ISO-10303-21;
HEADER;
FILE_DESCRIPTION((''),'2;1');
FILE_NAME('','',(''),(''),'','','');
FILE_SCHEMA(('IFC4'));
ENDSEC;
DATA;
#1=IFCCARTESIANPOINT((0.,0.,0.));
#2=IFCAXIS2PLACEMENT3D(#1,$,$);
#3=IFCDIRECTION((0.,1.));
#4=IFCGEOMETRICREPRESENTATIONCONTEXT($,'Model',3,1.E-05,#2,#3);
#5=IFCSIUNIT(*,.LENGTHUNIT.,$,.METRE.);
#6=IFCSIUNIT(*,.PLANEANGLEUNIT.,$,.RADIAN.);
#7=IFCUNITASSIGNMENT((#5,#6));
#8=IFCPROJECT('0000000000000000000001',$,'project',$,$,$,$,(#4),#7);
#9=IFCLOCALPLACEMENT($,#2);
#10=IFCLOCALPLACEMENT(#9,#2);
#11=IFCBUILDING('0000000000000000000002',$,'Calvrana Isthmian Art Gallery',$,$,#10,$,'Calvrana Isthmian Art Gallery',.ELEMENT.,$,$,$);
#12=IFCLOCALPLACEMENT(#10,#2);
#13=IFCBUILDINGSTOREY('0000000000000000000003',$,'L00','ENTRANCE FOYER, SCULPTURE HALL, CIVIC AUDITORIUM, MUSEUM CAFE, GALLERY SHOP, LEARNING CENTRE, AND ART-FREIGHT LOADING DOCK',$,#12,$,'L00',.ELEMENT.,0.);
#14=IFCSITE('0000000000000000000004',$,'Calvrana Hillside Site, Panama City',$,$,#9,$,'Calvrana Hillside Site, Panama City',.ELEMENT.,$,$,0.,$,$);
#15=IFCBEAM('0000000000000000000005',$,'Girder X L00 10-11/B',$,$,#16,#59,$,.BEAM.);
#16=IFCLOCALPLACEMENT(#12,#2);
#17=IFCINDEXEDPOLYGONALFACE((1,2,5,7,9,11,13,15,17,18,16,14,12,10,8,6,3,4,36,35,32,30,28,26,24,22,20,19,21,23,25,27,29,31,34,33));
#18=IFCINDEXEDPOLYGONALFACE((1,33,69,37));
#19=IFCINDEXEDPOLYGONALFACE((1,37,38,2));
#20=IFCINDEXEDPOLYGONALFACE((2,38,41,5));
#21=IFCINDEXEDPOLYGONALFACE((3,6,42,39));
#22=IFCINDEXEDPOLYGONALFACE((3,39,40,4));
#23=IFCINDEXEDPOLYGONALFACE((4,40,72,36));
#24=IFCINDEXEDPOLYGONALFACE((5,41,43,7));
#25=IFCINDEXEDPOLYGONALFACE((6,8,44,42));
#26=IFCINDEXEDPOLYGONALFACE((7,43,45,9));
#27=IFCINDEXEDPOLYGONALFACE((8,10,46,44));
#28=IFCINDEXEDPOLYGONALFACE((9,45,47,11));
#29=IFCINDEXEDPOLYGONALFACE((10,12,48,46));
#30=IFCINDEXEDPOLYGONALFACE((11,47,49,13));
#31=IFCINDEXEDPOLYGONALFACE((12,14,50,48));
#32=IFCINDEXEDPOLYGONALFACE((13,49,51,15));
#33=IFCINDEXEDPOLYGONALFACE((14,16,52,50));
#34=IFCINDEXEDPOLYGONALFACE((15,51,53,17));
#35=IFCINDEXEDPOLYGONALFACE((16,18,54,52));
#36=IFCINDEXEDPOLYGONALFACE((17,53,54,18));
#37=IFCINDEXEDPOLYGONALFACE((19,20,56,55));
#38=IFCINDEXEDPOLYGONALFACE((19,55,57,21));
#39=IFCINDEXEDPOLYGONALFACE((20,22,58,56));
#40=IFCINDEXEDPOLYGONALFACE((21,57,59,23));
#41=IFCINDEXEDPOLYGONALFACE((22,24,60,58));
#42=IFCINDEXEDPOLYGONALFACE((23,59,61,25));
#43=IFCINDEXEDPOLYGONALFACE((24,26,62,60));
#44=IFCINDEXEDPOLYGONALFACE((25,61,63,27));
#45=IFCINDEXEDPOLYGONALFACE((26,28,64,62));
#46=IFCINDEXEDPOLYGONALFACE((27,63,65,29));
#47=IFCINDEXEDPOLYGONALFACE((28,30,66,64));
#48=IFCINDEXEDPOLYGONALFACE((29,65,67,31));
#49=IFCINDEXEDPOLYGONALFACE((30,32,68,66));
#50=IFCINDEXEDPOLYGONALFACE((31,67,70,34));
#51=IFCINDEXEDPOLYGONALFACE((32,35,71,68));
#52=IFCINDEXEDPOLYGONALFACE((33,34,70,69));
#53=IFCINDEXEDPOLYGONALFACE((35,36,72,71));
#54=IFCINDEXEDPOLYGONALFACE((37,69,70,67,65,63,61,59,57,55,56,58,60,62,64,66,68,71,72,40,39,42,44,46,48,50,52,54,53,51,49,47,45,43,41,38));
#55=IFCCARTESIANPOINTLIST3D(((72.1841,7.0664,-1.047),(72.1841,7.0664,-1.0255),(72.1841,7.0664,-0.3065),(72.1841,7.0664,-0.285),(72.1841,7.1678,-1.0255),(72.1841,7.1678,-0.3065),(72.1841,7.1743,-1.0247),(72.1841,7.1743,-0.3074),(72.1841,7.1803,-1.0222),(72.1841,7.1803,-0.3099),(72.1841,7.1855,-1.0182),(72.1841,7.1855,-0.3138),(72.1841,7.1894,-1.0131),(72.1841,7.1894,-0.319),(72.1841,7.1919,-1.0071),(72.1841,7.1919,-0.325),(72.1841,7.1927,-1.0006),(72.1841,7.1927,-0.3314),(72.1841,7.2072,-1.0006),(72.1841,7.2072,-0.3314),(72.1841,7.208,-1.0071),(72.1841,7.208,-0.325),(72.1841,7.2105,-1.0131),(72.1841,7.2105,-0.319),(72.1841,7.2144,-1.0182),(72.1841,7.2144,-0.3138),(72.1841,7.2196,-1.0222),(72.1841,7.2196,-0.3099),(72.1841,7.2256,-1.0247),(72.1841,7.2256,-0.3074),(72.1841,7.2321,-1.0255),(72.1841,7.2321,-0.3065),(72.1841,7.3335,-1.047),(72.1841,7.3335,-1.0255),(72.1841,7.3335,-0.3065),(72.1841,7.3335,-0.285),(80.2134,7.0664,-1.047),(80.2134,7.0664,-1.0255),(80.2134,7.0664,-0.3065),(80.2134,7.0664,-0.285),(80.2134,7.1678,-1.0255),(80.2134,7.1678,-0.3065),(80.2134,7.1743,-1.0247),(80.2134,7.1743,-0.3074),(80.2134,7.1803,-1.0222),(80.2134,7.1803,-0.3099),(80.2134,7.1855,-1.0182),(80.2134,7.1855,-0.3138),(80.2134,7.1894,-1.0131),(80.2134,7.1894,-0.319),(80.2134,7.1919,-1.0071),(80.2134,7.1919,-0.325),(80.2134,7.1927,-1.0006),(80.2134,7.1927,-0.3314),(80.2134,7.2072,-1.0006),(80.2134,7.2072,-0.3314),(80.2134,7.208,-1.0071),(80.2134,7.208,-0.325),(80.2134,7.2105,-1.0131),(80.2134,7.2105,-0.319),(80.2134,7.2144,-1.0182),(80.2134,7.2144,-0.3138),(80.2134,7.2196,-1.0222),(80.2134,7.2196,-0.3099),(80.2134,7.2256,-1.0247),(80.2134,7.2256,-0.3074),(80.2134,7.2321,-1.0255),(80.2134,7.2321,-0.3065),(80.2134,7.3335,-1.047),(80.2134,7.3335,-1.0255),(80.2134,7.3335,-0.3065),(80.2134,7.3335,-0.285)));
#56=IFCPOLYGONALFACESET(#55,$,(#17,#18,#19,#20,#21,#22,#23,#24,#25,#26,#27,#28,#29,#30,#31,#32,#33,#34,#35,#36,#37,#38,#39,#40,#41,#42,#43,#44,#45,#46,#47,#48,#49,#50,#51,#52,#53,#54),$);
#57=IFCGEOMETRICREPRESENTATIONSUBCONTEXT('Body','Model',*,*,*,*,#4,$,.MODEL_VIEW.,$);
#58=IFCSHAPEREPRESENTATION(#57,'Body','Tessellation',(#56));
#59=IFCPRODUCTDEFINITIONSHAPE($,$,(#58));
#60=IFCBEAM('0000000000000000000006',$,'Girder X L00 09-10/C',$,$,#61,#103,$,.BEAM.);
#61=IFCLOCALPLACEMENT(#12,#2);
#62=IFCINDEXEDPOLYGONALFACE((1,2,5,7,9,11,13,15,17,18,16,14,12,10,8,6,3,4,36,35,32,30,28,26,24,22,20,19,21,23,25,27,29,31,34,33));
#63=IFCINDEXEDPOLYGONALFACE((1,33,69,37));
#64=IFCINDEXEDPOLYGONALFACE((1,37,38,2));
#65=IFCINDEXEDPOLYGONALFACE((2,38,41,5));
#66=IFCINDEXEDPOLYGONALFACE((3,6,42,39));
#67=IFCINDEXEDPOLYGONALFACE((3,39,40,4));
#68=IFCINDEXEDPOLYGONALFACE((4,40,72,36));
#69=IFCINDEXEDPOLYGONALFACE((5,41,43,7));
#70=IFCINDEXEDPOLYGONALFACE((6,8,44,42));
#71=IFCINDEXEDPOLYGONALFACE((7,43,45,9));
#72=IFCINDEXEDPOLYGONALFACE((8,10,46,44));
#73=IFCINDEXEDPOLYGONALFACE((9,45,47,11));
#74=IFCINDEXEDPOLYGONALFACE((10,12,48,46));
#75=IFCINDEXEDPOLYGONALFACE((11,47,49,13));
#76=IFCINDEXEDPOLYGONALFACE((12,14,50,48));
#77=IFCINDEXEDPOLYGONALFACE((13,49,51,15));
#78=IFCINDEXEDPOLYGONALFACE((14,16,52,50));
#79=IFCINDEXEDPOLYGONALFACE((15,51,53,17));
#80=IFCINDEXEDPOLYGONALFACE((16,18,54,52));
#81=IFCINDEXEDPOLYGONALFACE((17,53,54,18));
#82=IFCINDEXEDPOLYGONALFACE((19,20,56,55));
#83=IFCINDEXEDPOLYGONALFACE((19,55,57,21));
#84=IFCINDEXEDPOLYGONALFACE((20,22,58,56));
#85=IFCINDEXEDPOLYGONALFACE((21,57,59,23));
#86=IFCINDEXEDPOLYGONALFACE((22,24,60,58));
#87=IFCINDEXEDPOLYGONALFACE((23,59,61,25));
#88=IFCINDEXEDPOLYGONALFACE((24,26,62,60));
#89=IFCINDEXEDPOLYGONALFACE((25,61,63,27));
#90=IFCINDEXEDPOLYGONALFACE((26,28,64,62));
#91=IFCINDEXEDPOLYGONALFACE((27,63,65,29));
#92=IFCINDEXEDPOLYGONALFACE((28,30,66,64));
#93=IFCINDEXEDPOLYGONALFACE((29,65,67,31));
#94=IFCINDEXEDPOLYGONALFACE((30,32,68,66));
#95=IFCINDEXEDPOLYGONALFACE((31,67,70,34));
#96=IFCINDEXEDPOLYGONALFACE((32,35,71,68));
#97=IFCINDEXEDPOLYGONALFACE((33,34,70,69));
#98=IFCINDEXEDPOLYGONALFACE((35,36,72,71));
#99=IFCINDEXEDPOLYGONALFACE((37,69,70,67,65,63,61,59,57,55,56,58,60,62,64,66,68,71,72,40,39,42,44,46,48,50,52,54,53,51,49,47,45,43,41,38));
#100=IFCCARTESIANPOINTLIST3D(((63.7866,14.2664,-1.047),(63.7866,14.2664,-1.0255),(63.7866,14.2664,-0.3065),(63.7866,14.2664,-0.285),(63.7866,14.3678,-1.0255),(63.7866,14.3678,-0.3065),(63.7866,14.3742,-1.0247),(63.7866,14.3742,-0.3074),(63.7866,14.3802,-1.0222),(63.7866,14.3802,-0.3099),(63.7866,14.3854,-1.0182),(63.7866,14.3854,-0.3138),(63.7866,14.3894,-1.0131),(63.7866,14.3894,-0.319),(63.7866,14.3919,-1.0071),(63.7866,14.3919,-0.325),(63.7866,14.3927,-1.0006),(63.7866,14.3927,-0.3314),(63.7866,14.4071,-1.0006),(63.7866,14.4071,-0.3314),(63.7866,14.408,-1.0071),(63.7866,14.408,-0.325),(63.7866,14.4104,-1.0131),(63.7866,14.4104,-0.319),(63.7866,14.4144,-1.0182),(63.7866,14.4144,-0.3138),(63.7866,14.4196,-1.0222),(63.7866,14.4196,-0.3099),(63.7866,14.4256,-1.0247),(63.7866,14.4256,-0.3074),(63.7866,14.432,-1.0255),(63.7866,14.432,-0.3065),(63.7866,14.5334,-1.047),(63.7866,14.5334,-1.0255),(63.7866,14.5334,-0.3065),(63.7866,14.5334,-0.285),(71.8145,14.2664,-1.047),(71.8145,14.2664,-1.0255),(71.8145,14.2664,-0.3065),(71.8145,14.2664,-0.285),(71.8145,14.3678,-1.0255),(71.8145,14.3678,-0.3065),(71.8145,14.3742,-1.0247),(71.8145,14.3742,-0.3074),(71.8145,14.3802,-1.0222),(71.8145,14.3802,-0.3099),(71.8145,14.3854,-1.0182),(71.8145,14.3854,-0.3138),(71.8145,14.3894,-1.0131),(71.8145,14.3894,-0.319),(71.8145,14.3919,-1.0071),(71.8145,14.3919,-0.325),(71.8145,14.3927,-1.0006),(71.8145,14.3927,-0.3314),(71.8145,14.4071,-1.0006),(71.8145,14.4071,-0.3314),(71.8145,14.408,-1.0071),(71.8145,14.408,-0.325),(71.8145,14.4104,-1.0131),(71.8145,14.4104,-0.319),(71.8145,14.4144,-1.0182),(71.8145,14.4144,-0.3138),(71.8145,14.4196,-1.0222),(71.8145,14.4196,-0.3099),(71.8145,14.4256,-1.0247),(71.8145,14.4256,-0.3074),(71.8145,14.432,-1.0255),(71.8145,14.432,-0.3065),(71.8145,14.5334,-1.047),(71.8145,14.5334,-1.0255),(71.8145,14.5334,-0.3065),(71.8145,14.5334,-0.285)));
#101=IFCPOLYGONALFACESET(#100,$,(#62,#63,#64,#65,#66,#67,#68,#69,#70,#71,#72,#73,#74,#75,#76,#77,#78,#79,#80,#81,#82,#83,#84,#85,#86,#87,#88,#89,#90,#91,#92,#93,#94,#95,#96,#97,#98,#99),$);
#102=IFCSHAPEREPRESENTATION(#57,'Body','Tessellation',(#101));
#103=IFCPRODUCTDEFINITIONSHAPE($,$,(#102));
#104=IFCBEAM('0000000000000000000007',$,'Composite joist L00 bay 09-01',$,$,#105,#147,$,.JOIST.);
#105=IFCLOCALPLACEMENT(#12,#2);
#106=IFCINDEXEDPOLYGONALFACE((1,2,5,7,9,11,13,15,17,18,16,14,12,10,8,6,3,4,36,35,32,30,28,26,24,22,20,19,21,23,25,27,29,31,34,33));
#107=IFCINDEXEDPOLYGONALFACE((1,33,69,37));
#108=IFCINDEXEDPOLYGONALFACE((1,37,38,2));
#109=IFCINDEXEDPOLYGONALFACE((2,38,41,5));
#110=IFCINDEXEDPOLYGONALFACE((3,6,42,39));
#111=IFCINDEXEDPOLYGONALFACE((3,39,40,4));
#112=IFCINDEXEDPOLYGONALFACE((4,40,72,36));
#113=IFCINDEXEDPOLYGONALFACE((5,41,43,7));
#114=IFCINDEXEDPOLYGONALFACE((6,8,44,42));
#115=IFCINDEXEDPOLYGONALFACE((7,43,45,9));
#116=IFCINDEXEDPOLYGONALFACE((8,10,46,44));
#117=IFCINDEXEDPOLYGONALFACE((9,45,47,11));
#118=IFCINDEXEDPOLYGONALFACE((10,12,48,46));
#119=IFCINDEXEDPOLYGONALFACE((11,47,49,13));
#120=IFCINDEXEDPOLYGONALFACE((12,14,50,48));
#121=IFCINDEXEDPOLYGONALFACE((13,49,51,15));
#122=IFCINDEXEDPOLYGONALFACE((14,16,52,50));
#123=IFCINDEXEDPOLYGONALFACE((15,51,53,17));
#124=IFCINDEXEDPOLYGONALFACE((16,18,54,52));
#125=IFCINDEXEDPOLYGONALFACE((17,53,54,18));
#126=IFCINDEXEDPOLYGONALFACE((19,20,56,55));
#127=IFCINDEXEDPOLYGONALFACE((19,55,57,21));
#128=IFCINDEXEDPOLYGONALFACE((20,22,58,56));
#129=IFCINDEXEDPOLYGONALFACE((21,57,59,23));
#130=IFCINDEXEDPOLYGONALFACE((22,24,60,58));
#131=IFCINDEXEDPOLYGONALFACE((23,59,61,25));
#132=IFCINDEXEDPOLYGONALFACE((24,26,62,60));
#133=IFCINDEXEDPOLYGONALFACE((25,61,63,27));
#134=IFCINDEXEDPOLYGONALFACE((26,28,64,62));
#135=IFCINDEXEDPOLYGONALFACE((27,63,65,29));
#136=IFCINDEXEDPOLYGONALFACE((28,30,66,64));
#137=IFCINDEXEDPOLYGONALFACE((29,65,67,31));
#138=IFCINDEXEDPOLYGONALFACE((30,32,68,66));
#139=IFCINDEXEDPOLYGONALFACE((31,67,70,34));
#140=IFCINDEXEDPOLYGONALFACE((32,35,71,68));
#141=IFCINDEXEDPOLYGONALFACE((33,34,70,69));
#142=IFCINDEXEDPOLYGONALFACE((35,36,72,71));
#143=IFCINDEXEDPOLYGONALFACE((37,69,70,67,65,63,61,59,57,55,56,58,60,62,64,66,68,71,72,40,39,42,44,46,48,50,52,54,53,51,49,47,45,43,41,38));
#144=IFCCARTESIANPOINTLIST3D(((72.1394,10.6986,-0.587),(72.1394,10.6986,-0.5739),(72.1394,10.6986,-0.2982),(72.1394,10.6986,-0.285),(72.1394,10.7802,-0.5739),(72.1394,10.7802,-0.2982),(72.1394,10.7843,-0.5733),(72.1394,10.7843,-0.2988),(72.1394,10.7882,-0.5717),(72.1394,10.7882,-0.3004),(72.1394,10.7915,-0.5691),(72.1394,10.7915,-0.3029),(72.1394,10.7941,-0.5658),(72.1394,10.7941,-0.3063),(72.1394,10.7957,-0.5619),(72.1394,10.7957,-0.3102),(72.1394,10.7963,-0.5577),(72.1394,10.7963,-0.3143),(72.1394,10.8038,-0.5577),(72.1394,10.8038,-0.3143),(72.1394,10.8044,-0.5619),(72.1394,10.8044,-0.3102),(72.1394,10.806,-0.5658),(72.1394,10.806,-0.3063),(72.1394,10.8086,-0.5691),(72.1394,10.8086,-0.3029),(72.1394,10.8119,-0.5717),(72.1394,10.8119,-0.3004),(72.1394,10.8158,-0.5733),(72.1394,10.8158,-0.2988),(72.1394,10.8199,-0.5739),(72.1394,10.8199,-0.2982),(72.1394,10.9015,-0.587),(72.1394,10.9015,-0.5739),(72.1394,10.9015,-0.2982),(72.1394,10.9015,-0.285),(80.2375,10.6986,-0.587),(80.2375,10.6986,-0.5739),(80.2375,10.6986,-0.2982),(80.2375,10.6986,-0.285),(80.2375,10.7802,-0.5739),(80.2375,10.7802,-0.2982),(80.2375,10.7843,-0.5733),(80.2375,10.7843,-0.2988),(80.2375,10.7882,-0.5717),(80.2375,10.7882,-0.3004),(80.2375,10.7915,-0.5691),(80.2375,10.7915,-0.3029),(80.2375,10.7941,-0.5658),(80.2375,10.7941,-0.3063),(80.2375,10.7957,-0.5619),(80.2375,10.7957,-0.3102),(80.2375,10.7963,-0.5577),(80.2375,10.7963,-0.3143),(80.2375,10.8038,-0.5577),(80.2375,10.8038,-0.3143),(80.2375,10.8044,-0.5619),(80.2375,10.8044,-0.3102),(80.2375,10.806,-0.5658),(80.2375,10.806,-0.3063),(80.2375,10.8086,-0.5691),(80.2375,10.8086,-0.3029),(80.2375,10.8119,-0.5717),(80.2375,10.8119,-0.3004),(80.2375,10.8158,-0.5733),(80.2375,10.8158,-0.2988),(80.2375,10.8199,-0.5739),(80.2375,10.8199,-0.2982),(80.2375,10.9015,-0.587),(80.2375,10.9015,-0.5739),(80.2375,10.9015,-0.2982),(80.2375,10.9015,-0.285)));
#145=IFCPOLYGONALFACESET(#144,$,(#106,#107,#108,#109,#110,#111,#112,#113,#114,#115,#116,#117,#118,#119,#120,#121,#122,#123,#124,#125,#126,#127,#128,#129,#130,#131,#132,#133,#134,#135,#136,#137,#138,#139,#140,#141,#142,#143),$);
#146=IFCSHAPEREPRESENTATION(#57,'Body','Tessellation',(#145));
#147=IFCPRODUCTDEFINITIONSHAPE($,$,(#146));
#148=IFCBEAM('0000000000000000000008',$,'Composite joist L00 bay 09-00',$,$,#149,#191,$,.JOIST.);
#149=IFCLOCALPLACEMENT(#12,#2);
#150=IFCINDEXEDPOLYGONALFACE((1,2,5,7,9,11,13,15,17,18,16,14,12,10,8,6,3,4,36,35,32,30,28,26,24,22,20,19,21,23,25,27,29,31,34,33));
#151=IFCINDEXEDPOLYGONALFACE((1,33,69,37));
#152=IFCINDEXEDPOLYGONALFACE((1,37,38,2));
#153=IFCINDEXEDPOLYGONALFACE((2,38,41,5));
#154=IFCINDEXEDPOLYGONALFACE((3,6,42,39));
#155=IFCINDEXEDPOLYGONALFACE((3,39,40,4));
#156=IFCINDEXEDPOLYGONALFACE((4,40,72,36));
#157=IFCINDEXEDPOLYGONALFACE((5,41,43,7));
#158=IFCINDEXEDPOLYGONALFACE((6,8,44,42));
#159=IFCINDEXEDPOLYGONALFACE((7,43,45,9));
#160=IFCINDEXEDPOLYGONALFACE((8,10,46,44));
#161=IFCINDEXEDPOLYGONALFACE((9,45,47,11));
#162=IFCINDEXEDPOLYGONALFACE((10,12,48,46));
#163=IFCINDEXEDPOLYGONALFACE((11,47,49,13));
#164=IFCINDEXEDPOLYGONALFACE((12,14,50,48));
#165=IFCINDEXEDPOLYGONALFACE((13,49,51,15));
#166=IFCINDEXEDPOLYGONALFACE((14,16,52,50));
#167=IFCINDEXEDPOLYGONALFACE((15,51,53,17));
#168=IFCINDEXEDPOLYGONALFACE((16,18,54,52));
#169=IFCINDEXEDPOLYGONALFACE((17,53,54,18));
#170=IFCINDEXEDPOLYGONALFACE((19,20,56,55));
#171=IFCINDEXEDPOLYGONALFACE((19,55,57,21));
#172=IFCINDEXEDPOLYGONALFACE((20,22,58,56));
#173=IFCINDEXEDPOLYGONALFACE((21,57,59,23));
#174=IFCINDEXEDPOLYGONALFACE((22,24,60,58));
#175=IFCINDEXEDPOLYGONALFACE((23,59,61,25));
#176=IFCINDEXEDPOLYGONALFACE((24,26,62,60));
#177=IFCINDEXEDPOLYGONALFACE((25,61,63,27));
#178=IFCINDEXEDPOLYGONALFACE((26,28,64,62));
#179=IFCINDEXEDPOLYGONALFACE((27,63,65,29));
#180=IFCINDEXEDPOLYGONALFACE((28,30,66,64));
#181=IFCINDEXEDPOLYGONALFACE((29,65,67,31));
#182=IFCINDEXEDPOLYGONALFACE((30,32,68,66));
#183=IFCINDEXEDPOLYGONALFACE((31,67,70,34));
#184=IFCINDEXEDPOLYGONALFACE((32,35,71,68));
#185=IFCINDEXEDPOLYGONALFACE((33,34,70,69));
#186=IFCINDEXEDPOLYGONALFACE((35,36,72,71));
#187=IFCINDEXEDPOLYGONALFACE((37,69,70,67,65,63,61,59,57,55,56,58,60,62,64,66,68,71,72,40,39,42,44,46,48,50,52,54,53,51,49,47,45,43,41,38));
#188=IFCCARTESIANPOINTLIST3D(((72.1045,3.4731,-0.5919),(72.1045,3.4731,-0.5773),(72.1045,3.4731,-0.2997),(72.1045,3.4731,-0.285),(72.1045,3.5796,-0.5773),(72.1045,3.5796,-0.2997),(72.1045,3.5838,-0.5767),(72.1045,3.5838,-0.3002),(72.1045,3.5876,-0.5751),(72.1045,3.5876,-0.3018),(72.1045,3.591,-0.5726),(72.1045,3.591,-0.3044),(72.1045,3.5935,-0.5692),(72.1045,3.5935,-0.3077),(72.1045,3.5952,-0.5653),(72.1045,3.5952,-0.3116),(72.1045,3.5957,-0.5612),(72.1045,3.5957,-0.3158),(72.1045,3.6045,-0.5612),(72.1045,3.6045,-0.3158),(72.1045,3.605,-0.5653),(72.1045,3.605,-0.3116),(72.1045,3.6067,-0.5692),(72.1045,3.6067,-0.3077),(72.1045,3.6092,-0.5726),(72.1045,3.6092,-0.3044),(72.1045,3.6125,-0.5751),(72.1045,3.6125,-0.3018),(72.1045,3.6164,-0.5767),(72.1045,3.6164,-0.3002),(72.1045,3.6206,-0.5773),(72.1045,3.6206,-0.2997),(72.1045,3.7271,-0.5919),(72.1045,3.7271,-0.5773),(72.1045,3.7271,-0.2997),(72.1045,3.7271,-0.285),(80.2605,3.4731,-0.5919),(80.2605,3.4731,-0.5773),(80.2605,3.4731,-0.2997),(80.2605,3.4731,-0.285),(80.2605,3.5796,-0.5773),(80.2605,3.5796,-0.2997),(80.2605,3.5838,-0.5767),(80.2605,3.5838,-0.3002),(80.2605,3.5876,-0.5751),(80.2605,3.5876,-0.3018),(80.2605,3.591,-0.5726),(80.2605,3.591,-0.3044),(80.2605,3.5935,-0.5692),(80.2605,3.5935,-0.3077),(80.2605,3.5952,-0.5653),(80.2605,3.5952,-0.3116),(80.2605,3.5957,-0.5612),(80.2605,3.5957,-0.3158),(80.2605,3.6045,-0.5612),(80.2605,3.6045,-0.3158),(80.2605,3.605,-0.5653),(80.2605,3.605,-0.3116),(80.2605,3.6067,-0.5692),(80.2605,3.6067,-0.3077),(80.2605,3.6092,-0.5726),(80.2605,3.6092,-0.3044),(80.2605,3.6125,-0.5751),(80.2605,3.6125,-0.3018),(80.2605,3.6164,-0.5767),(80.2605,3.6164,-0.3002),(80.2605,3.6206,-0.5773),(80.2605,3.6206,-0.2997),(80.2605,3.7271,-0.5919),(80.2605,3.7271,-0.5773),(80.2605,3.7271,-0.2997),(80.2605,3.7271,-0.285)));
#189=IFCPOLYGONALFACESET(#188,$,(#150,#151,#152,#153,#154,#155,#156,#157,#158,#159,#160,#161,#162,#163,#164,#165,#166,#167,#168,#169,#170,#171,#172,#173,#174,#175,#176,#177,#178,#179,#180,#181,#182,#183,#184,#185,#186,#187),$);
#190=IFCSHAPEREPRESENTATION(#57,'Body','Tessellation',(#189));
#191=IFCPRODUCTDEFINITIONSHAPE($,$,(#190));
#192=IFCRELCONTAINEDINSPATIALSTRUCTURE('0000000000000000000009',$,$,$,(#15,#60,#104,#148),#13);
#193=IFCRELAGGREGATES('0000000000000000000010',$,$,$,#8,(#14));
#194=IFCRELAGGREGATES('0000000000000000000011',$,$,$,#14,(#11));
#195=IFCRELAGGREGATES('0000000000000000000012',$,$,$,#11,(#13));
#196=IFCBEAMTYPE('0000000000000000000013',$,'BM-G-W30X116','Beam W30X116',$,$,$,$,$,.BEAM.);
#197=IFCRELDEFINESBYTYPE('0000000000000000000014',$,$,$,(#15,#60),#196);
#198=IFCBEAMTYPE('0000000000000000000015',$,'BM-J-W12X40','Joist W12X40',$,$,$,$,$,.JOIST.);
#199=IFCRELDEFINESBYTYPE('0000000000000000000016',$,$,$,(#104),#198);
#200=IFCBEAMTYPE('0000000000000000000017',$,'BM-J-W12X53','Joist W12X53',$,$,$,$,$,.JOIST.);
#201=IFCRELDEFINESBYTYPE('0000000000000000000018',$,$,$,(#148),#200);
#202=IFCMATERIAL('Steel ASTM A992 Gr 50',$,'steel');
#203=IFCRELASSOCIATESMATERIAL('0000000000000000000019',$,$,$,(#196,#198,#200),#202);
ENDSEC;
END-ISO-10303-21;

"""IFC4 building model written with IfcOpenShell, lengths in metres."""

from ifc_helpers import new_model, si_unit, direction, frame, origin, origin_2d, place, context, subcontext, project, spatial, i_section, extrude, material, material_profile, profile_set, type_object, element, save


model = new_model("IFC4")

# Units and contexts
model_context = context("Model", 3, precision=1e-05, world=origin(), true_north=direction((0.0, 1.0)))
body_context = subcontext(model_context, "Body", "Model", "MODEL_VIEW")
ifc_project = project(units=[si_unit("LENGTHUNIT", "METRE"), si_unit("PLANEANGLEUNIT", "RADIAN")], contexts=[model_context])

# Site, building, storey
site_placement = place(None, origin())
site = spatial("IfcSite", under=ifc_project, at=site_placement, Name="Calvrana Hillside Site, Panama City", LongName="Calvrana Hillside Site, Panama City", CompositionType="ELEMENT", RefElevation=0.0)
building_placement = place(site_placement, origin())
building = spatial("IfcBuilding", under=site, at=building_placement, Name="Calvrana Isthmian Art Gallery", LongName="Calvrana Isthmian Art Gallery", CompositionType="ELEMENT")
storey_placement = place(building_placement, origin())
storey = spatial("IfcBuildingStorey", under=building, at=storey_placement, Name="L00", Description="ENTRANCE FOYER, SCULPTURE HALL, CIVIC AUDITORIUM, MUSEUM CAFE, GALLERY SHOP, LEARNING CENTRE, AND ART-FREIGHT LOADING DOCK", LongName="L00", CompositionType="ELEMENT", Elevation=0.0)

# Shared definitions
ifc_material_1 = material(Name="Steel ASTM A992 Gr 50", Category="steel")

# Beams
ifc_material_profile_1 = material_profile(ifc_material_1, i_section(OverallWidth=0.2671, OverallDepth=0.762, WebThickness=0.0144, FlangeThickness=0.0215, FilletRadius=0.0249, at=origin_2d()), Name="W30X116")
ifc_profile_set_1 = profile_set([ifc_material_profile_1], Name="Steel ASTM A992 Gr 50")
beam_type_1 = type_object("IfcBeamType", Name="BM-G-W30X116", Description="Beam W30X116", PredefinedType="BEAM", material=ifc_profile_set_1)
beam_1_placement = place(storey_placement, frame((72.1841, 7.2, -0.666), z_axis=(1.0, 0.0, 0.0), x_axis=(0.0, 1.0, 0.0)))
element("IfcBeam", 1, at=beam_1_placement, inside=storey, type_object=beam_type_1, Name="Girder X L00 10-11/B", PredefinedType="BEAM", context=body_context, shape_type="SweptSolid", body=[
    extrude(i_section(OverallWidth=0.2671, OverallDepth=0.762, WebThickness=0.0144, FlangeThickness=0.0215, FilletRadius=0.0249, at=origin_2d()), origin(), (0.0, 0.0, 1.0), 8.0293),
])
beam_2_placement = place(storey_placement, frame((63.7866, 14.3999, -0.666), z_axis=(1.0, 0.0, 0.0), x_axis=(0.0, 1.0, 0.0)))
element("IfcBeam", 2, at=beam_2_placement, inside=storey, type_object=beam_type_1, Name="Girder X L00 09-10/C", PredefinedType="BEAM", context=body_context, shape_type="SweptSolid", body=[
    extrude(i_section(OverallWidth=0.2671, OverallDepth=0.762, WebThickness=0.0144, FlangeThickness=0.0215, FilletRadius=0.0249, at=origin_2d()), origin(), (0.0, 0.0, 1.0), 8.0278),
])
ifc_material_profile_2 = material_profile(ifc_material_1, i_section(OverallWidth=0.2029, OverallDepth=0.302, WebThickness=0.0076, FlangeThickness=0.0132, FilletRadius=0.0161, at=origin_2d()), Name="W12X40")
ifc_profile_set_2 = profile_set([ifc_material_profile_2], Name="Steel ASTM A992 Gr 50")
beam_type_2 = type_object("IfcBeamType", Name="BM-J-W12X40", Description="Joist W12X40", PredefinedType="JOIST", material=ifc_profile_set_2)
beam_3_placement = place(storey_placement, frame((72.1394, 10.8, -0.436), z_axis=(1.0, 0.0, 0.0), x_axis=(0.0, 1.0, 0.0)))
element("IfcBeam", 3, at=beam_3_placement, inside=storey, type_object=beam_type_2, Name="Composite joist L00 bay 09-01", PredefinedType="JOIST", context=body_context, shape_type="SweptSolid", body=[
    extrude(i_section(OverallWidth=0.2029, OverallDepth=0.302, WebThickness=0.0076, FlangeThickness=0.0132, FilletRadius=0.0161, at=origin_2d()), origin(), (0.0, 0.0, 1.0), 8.0981),
])
ifc_material_profile_3 = material_profile(ifc_material_1, i_section(OverallWidth=0.2539, OverallDepth=0.3069, WebThickness=0.0088, FlangeThickness=0.0146, FilletRadius=0.0161, at=origin_2d()), Name="W12X53")
ifc_profile_set_3 = profile_set([ifc_material_profile_3], Name="Steel ASTM A992 Gr 50")
beam_type_3 = type_object("IfcBeamType", Name="BM-J-W12X53", Description="Joist W12X53", PredefinedType="JOIST", material=ifc_profile_set_3)
beam_4_placement = place(storey_placement, frame((72.1045, 3.6001, -0.4385), z_axis=(1.0, 0.0, 0.0), x_axis=(0.0, 1.0, 0.0)))
element("IfcBeam", 4, at=beam_4_placement, inside=storey, type_object=beam_type_3, Name="Composite joist L00 bay 09-00", PredefinedType="JOIST", context=body_context, shape_type="SweptSolid", body=[
    extrude(i_section(OverallWidth=0.2539, OverallDepth=0.3069, WebThickness=0.0088, FlangeThickness=0.0146, FilletRadius=0.0161, at=origin_2d()), origin(), (0.0, 0.0, 1.0), 8.156),
])

save(model, "model.ifc")
